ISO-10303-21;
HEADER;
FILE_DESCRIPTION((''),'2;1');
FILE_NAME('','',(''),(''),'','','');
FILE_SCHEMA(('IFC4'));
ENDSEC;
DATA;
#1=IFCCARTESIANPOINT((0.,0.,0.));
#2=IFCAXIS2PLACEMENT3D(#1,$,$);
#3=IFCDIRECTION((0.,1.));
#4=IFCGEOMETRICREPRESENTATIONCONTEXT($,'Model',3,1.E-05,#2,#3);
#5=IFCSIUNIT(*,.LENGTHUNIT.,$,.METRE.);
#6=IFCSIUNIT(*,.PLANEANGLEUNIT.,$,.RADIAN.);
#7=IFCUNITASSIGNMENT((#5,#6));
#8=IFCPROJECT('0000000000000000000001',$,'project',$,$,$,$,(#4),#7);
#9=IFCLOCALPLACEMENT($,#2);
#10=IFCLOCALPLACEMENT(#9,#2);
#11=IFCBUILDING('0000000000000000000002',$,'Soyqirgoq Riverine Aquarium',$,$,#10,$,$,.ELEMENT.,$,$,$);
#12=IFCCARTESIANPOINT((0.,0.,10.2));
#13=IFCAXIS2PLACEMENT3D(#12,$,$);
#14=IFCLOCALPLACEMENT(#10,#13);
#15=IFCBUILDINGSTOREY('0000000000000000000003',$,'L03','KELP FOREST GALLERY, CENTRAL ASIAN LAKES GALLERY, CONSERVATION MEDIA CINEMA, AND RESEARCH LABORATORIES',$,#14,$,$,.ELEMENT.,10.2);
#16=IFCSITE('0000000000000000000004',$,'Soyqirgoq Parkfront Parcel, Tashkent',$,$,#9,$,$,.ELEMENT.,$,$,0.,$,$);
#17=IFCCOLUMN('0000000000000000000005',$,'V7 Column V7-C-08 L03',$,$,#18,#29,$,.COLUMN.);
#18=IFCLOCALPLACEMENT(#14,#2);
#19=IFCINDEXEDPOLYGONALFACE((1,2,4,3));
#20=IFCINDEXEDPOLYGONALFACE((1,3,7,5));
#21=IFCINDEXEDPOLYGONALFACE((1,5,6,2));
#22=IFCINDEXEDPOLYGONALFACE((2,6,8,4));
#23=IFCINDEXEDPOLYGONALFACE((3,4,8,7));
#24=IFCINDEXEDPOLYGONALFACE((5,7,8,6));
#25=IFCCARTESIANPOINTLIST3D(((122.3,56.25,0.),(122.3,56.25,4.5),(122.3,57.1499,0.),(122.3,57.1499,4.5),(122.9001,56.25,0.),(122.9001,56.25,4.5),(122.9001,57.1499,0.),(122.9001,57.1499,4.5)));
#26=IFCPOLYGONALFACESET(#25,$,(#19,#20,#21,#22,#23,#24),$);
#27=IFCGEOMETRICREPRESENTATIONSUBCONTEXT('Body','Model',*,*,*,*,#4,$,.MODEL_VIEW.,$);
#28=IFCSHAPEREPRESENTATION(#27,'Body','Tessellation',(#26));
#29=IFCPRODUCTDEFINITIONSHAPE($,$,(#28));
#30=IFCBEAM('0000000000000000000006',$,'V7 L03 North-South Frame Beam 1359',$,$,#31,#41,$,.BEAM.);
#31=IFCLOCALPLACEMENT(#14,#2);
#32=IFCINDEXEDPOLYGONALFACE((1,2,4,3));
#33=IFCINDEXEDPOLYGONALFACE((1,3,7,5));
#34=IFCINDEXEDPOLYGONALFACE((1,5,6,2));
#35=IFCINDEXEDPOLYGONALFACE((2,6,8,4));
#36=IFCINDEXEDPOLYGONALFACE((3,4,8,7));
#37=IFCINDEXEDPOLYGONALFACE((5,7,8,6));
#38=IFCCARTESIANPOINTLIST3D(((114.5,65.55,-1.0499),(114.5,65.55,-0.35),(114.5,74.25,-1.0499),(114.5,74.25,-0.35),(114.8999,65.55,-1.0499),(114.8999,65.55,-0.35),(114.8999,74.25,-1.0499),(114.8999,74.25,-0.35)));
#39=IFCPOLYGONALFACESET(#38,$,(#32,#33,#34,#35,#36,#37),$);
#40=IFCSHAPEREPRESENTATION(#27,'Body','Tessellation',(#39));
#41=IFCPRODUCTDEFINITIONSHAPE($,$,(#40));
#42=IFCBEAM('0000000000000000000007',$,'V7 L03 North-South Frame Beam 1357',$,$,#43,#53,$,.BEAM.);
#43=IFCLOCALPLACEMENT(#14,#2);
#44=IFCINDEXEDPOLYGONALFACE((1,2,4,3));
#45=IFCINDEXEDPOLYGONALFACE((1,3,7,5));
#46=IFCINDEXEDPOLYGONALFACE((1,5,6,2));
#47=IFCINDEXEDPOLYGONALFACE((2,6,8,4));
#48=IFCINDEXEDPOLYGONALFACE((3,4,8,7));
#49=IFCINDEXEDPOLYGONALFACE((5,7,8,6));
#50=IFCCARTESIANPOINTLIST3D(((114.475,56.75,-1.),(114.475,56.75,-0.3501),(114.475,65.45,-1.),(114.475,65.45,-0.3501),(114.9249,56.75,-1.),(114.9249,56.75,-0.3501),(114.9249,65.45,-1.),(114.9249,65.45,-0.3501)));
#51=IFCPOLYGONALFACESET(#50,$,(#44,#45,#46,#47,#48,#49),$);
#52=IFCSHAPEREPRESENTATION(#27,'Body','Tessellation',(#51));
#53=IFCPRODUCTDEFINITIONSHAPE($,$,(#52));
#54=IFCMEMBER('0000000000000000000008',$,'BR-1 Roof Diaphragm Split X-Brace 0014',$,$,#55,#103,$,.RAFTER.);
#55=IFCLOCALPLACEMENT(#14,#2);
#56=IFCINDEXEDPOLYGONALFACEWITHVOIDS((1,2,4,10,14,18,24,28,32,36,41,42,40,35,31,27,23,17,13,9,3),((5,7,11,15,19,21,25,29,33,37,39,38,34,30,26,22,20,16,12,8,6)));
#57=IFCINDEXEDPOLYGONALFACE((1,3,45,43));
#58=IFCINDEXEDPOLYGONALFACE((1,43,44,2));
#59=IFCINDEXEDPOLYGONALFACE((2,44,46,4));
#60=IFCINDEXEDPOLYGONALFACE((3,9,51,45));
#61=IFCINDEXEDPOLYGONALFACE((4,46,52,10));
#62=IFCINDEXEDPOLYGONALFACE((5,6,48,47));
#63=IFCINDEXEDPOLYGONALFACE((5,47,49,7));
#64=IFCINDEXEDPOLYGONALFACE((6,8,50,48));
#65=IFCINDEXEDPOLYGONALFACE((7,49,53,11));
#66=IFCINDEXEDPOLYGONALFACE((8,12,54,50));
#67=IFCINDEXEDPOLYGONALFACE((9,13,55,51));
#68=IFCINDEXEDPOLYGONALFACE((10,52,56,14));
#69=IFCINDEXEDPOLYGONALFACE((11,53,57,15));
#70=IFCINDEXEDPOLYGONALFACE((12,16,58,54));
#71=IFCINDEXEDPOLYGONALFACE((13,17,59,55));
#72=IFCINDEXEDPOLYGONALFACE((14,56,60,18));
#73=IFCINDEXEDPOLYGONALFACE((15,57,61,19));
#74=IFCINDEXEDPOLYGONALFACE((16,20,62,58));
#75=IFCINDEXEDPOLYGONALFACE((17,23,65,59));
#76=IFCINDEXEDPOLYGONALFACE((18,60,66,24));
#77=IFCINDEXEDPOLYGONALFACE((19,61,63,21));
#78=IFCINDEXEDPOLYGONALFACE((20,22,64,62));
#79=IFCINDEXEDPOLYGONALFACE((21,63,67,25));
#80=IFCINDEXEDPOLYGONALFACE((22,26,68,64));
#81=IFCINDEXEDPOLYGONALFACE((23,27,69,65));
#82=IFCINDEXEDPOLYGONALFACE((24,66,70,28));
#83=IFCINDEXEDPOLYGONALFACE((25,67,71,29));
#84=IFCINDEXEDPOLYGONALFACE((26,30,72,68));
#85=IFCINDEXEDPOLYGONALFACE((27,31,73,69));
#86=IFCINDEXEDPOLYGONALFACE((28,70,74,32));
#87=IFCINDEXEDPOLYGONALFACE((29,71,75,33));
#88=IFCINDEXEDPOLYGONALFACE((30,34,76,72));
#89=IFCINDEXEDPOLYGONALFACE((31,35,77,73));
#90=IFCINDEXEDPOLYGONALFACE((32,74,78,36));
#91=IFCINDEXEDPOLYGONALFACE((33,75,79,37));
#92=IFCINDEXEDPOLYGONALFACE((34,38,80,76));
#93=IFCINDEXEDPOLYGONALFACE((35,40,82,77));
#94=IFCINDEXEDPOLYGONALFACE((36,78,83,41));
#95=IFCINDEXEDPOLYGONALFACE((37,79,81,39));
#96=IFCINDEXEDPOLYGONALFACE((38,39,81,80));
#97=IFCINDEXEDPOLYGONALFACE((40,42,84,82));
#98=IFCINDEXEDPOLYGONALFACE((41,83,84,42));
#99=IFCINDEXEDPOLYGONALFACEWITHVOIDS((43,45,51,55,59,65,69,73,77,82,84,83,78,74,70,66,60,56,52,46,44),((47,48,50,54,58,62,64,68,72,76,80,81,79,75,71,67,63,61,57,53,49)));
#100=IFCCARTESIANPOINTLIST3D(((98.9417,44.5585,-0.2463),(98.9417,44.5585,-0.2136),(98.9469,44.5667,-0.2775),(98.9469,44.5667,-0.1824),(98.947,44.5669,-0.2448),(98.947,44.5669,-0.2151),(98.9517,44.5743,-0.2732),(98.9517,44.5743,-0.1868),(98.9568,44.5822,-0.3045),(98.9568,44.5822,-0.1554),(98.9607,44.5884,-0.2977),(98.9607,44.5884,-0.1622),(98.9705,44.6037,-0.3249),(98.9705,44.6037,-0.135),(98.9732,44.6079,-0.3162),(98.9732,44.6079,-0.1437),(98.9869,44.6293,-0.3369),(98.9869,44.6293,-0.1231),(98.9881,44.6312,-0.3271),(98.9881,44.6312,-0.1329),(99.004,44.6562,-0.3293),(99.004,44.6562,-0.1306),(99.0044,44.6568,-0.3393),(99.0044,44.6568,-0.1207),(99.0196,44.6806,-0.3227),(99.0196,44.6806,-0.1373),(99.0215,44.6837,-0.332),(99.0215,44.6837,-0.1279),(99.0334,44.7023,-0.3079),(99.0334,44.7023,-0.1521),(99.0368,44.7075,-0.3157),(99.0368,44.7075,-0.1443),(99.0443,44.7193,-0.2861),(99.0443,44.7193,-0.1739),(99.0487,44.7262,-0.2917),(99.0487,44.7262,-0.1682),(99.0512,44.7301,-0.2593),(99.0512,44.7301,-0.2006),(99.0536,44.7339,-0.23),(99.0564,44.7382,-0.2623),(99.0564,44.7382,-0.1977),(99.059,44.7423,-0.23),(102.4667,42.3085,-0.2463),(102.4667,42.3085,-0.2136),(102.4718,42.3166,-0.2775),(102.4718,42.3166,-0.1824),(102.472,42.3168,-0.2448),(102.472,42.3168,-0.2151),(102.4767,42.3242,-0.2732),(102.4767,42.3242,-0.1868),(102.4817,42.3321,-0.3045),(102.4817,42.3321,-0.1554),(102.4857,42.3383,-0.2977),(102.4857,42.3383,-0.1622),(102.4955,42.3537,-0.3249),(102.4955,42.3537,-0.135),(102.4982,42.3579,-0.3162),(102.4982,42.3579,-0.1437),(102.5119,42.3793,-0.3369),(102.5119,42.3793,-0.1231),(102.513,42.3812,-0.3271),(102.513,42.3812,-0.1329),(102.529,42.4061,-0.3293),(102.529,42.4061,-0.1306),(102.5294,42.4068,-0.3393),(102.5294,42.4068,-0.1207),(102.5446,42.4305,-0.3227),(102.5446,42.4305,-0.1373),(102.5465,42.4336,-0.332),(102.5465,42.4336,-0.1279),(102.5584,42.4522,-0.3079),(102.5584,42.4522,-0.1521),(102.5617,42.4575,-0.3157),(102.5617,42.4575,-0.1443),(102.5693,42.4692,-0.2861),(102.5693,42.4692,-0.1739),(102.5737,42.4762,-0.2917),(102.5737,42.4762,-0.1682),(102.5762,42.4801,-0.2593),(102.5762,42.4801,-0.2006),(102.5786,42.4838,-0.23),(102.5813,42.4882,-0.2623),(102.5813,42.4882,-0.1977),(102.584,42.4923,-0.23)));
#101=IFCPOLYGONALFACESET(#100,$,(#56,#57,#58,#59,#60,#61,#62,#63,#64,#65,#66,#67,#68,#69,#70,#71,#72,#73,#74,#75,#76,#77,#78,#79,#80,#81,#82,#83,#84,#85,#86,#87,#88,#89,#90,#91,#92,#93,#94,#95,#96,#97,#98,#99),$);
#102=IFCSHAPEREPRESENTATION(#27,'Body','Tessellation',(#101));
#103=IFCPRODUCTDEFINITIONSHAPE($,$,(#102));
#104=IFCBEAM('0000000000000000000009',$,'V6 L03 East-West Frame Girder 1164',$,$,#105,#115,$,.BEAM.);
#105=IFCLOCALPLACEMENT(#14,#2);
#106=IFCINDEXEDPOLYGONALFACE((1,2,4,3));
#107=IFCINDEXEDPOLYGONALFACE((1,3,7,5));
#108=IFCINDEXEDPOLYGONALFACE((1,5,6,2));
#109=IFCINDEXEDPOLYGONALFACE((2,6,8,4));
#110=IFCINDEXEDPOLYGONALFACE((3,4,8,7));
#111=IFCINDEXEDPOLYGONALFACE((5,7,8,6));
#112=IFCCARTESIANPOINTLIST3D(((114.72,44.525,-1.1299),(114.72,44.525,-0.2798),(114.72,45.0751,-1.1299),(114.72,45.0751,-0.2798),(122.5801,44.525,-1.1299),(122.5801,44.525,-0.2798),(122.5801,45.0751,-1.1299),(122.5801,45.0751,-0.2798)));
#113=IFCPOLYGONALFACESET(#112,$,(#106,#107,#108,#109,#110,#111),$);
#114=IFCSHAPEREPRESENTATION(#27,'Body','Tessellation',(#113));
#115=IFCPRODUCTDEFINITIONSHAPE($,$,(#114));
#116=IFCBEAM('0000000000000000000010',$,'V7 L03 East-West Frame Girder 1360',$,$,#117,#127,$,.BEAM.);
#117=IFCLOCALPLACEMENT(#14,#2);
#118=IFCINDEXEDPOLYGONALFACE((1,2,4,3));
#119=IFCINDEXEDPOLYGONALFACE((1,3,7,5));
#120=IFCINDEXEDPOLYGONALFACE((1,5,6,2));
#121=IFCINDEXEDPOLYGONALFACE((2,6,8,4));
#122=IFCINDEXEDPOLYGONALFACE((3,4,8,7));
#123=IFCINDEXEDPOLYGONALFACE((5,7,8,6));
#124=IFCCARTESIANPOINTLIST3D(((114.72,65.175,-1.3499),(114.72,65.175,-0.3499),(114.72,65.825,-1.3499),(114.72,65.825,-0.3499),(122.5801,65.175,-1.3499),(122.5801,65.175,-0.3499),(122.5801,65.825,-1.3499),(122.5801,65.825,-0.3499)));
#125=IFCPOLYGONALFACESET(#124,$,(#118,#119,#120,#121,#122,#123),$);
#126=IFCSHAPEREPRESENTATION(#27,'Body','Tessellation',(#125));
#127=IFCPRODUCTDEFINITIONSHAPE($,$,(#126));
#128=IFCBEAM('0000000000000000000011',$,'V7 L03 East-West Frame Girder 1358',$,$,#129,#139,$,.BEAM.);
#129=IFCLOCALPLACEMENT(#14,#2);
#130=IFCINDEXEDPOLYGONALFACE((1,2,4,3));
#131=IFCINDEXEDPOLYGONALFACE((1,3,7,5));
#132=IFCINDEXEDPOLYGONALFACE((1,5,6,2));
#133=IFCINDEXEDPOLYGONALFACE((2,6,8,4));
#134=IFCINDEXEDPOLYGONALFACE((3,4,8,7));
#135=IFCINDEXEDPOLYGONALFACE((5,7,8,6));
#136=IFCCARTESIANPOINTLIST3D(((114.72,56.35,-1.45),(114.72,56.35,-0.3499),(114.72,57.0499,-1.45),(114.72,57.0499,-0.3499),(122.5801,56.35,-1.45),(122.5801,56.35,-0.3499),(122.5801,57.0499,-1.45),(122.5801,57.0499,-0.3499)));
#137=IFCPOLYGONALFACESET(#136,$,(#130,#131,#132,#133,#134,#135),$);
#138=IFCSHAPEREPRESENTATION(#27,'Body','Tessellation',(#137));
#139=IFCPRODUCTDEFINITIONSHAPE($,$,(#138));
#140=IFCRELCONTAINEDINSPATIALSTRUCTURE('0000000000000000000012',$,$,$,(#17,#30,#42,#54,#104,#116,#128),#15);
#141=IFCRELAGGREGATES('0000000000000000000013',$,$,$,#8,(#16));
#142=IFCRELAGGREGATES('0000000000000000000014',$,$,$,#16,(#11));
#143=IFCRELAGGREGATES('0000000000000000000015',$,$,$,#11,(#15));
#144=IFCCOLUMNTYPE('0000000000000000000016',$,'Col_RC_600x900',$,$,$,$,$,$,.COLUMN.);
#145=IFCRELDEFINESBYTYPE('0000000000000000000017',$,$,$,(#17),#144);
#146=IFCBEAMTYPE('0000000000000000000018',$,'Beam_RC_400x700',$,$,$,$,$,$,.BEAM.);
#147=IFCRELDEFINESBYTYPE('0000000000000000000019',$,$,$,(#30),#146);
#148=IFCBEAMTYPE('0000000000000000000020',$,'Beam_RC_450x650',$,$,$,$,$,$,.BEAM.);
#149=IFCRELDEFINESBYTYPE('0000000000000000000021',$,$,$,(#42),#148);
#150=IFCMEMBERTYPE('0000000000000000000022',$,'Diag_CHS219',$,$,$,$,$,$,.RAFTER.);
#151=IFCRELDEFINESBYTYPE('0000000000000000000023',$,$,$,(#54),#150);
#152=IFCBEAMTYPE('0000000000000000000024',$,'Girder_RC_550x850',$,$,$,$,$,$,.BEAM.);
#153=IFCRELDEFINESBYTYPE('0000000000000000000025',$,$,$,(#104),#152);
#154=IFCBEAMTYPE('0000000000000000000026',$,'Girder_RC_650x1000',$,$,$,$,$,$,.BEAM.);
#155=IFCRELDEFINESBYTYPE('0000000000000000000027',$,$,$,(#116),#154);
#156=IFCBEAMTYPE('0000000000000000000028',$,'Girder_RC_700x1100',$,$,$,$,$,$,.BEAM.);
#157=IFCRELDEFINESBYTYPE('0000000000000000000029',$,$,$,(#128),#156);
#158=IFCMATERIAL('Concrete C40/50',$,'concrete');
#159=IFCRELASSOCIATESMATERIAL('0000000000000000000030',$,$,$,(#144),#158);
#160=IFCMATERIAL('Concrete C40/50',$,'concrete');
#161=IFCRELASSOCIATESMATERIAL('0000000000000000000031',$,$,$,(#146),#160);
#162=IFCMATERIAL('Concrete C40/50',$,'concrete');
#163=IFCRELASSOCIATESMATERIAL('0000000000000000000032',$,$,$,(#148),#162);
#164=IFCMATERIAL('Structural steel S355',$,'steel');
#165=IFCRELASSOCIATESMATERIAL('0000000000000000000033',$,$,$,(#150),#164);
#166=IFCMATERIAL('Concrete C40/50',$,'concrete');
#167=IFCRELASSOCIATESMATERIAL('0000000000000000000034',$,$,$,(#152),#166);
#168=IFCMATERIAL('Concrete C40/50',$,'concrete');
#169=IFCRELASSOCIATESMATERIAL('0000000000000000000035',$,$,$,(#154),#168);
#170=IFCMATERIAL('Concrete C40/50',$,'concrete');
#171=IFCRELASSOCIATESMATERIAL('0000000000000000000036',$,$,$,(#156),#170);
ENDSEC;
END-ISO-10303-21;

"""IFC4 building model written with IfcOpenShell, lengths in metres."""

from ifc_helpers import new_model, si_unit, direction, frame, origin, origin_2d, place, context, subcontext, project, spatial, rectangle, hollow_circle, extrude, material, material_profile, profile_set, type_object, element, save


model = new_model("IFC4")

# Units and contexts
model_context = context("Model", 3, precision=1e-05, world=origin(), true_north=direction((0.0, 1.0)))
body_context = subcontext(model_context, "Body", "Model", "MODEL_VIEW")
ifc_project = project(units=[si_unit("LENGTHUNIT", "METRE"), si_unit("PLANEANGLEUNIT", "RADIAN")], contexts=[model_context])

# Site, building, storey
site_placement = place(None, origin())
site = spatial("IfcSite", under=ifc_project, at=site_placement, Name="Soyqirgoq Parkfront Parcel, Tashkent", CompositionType="ELEMENT", RefElevation=0.0)
building_placement = place(site_placement, origin())
building = spatial("IfcBuilding", under=site, at=building_placement, Name="Soyqirgoq Riverine Aquarium", CompositionType="ELEMENT")
storey_placement = place(building_placement, frame((0.0, 0.0, 10.2)))
storey = spatial("IfcBuildingStorey", under=building, at=storey_placement, Name="L03", Description="KELP FOREST GALLERY, CENTRAL ASIAN LAKES GALLERY, CONSERVATION MEDIA CINEMA, AND RESEARCH LABORATORIES", CompositionType="ELEMENT", Elevation=10.2)

# Column
ifc_material_1 = material(Name="Concrete C40/50", Category="concrete")
ifc_material_profile_1 = material_profile(ifc_material_1, rectangle(XDim=0.6001, YDim=0.8999, at=origin_2d()), Name="RC-COL 600x900")
ifc_profile_set_1 = profile_set([ifc_material_profile_1], Name="Concrete C40/50")
column_type = type_object("IfcColumnType", Name="Col_RC_600x900", PredefinedType="COLUMN", material=ifc_profile_set_1)
column_placement = place(storey_placement, frame((122.6001, 56.7, 0.0), z_axis=(0.0, 0.0, 1.0), x_axis=(1.0, 0.0, 0.0)))
element("IfcColumn", 1, at=column_placement, inside=storey, type_object=column_type, Name="V7 Column V7-C-08 L03", PredefinedType="COLUMN", context=body_context, shape_type="SweptSolid", body=[
    extrude(rectangle(XDim=0.6001, YDim=0.8999, at=origin_2d()), origin(), (0.0, 0.0, 1.0), 4.5),
])

# Beams
ifc_material_2 = material(Name="Concrete C40/50", Category="concrete")
ifc_material_profile_2 = material_profile(ifc_material_2, rectangle(XDim=0.3999, YDim=0.7, at=origin_2d()), Name="RC 400x700")
ifc_profile_set_2 = profile_set([ifc_material_profile_2], Name="Concrete C40/50")
beam_type_1 = type_object("IfcBeamType", Name="Beam_RC_400x700", PredefinedType="BEAM", material=ifc_profile_set_2)
beam_1_placement = place(storey_placement, frame((114.7, 65.55, -0.7), z_axis=(0.0, 1.0, 0.0), x_axis=(-1.0, 0.0, 0.0)))
element("IfcBeam", 2, at=beam_1_placement, inside=storey, type_object=beam_type_1, Name="V7 L03 North-South Frame Beam 1359", PredefinedType="BEAM", context=body_context, shape_type="SweptSolid", body=[
    extrude(rectangle(XDim=0.3999, YDim=0.7, at=origin_2d()), origin(), (0.0, 0.0, 1.0), 8.7),
])
ifc_material_3 = material(Name="Concrete C40/50", Category="concrete")
ifc_material_profile_3 = material_profile(ifc_material_3, rectangle(XDim=0.45, YDim=0.6499, at=origin_2d()), Name="RC 450x650")
ifc_profile_set_3 = profile_set([ifc_material_profile_3], Name="Concrete C40/50")
beam_type_2 = type_object("IfcBeamType", Name="Beam_RC_450x650", PredefinedType="BEAM", material=ifc_profile_set_3)
beam_2_placement = place(storey_placement, frame((114.7, 56.75, -0.675), z_axis=(0.0, 1.0, 0.0), x_axis=(-1.0, 0.0, 0.0)))
element("IfcBeam", 3, at=beam_2_placement, inside=storey, type_object=beam_type_2, Name="V7 L03 North-South Frame Beam 1357", PredefinedType="BEAM", context=body_context, shape_type="SweptSolid", body=[
    extrude(rectangle(XDim=0.45, YDim=0.6499, at=origin_2d()), origin(), (0.0, 0.0, 1.0), 8.7),
])

# Member
ifc_material_4 = material(Name="Structural steel S355", Category="steel")
ifc_material_profile_4 = material_profile(ifc_material_4, hollow_circle(Radius=0.1096, WallThickness=0.01, at=origin_2d()), Name="CHS 219.1x10")
ifc_profile_set_4 = profile_set([ifc_material_profile_4], Name="Structural steel S355")
member_type_1 = type_object("IfcMemberType", Name="Diag_CHS219", PredefinedType="RAFTER", material=ifc_profile_set_4)
member_1_placement = place(storey_placement, frame((99.0, 44.6499, -0.23), z_axis=(0.842915, -0.538046, 0.0), x_axis=(0.538046, 0.842915, 0.0)))
element("IfcMember", 4, at=member_1_placement, inside=storey, type_object=member_type_1, Name="BR-1 Roof Diaphragm Split X-Brace 0014", PredefinedType="RAFTER", context=body_context, shape_type="SweptSolid", body=[
    extrude(hollow_circle(Radius=0.1096, WallThickness=0.01, at=origin_2d()), origin(), (0.0, 0.0, 1.0), 4.1819),
])

# Beams
ifc_material_5 = material(Name="Concrete C40/50", Category="concrete")
ifc_material_profile_5 = material_profile(ifc_material_5, rectangle(XDim=0.55, YDim=0.8501, at=origin_2d()), Name="RC 550x850")
ifc_profile_set_5 = profile_set([ifc_material_profile_5], Name="Concrete C40/50")
beam_type_3 = type_object("IfcBeamType", Name="Girder_RC_550x850", PredefinedType="BEAM", material=ifc_profile_set_5)
beam_3_placement = place(storey_placement, frame((114.72, 44.8, -0.7048), z_axis=(1.0, 0.0, 0.0), x_axis=(0.0, 1.0, 0.0)))
element("IfcBeam", 5, at=beam_3_placement, inside=storey, type_object=beam_type_3, Name="V6 L03 East-West Frame Girder 1164", PredefinedType="BEAM", context=body_context, shape_type="SweptSolid", body=[
    extrude(rectangle(XDim=0.55, YDim=0.8501, at=origin_2d()), origin(), (0.0, 0.0, 1.0), 7.8601),
])
ifc_material_6 = material(Name="Concrete C40/50", Category="concrete")
ifc_material_profile_6 = material_profile(ifc_material_6, rectangle(XDim=0.6499, YDim=1.0, at=origin_2d()), Name="RC 650x1000")
ifc_profile_set_6 = profile_set([ifc_material_profile_6], Name="Concrete C40/50")
beam_type_4 = type_object("IfcBeamType", Name="Girder_RC_650x1000", PredefinedType="BEAM", material=ifc_profile_set_6)
beam_4_placement = place(storey_placement, frame((114.72, 65.5, -0.8499), z_axis=(1.0, 0.0, 0.0), x_axis=(0.0, 1.0, 0.0)))
element("IfcBeam", 6, at=beam_4_placement, inside=storey, type_object=beam_type_4, Name="V7 L03 East-West Frame Girder 1360", PredefinedType="BEAM", context=body_context, shape_type="SweptSolid", body=[
    extrude(rectangle(XDim=0.6499, YDim=1.0, at=origin_2d()), origin(), (0.0, 0.0, 1.0), 7.8601),
])
ifc_material_7 = material(Name="Concrete C40/50", Category="concrete")
ifc_material_profile_7 = material_profile(ifc_material_7, rectangle(XDim=0.7, YDim=1.1001, at=origin_2d()), Name="RC 700x1100")
ifc_profile_set_7 = profile_set([ifc_material_profile_7], Name="Concrete C40/50")
beam_type_5 = type_object("IfcBeamType", Name="Girder_RC_700x1100", PredefinedType="BEAM", material=ifc_profile_set_7)
beam_5_placement = place(storey_placement, frame((114.72, 56.7, -0.8999), z_axis=(1.0, 0.0, 0.0), x_axis=(0.0, 1.0, 0.0)))
element("IfcBeam", 7, at=beam_5_placement, inside=storey, type_object=beam_type_5, Name="V7 L03 East-West Frame Girder 1358", PredefinedType="BEAM", context=body_context, shape_type="SweptSolid", body=[
    extrude(rectangle(XDim=0.7, YDim=1.1001, at=origin_2d()), origin(), (0.0, 0.0, 1.0), 7.8601),
])

save(model, "model.ifc")
